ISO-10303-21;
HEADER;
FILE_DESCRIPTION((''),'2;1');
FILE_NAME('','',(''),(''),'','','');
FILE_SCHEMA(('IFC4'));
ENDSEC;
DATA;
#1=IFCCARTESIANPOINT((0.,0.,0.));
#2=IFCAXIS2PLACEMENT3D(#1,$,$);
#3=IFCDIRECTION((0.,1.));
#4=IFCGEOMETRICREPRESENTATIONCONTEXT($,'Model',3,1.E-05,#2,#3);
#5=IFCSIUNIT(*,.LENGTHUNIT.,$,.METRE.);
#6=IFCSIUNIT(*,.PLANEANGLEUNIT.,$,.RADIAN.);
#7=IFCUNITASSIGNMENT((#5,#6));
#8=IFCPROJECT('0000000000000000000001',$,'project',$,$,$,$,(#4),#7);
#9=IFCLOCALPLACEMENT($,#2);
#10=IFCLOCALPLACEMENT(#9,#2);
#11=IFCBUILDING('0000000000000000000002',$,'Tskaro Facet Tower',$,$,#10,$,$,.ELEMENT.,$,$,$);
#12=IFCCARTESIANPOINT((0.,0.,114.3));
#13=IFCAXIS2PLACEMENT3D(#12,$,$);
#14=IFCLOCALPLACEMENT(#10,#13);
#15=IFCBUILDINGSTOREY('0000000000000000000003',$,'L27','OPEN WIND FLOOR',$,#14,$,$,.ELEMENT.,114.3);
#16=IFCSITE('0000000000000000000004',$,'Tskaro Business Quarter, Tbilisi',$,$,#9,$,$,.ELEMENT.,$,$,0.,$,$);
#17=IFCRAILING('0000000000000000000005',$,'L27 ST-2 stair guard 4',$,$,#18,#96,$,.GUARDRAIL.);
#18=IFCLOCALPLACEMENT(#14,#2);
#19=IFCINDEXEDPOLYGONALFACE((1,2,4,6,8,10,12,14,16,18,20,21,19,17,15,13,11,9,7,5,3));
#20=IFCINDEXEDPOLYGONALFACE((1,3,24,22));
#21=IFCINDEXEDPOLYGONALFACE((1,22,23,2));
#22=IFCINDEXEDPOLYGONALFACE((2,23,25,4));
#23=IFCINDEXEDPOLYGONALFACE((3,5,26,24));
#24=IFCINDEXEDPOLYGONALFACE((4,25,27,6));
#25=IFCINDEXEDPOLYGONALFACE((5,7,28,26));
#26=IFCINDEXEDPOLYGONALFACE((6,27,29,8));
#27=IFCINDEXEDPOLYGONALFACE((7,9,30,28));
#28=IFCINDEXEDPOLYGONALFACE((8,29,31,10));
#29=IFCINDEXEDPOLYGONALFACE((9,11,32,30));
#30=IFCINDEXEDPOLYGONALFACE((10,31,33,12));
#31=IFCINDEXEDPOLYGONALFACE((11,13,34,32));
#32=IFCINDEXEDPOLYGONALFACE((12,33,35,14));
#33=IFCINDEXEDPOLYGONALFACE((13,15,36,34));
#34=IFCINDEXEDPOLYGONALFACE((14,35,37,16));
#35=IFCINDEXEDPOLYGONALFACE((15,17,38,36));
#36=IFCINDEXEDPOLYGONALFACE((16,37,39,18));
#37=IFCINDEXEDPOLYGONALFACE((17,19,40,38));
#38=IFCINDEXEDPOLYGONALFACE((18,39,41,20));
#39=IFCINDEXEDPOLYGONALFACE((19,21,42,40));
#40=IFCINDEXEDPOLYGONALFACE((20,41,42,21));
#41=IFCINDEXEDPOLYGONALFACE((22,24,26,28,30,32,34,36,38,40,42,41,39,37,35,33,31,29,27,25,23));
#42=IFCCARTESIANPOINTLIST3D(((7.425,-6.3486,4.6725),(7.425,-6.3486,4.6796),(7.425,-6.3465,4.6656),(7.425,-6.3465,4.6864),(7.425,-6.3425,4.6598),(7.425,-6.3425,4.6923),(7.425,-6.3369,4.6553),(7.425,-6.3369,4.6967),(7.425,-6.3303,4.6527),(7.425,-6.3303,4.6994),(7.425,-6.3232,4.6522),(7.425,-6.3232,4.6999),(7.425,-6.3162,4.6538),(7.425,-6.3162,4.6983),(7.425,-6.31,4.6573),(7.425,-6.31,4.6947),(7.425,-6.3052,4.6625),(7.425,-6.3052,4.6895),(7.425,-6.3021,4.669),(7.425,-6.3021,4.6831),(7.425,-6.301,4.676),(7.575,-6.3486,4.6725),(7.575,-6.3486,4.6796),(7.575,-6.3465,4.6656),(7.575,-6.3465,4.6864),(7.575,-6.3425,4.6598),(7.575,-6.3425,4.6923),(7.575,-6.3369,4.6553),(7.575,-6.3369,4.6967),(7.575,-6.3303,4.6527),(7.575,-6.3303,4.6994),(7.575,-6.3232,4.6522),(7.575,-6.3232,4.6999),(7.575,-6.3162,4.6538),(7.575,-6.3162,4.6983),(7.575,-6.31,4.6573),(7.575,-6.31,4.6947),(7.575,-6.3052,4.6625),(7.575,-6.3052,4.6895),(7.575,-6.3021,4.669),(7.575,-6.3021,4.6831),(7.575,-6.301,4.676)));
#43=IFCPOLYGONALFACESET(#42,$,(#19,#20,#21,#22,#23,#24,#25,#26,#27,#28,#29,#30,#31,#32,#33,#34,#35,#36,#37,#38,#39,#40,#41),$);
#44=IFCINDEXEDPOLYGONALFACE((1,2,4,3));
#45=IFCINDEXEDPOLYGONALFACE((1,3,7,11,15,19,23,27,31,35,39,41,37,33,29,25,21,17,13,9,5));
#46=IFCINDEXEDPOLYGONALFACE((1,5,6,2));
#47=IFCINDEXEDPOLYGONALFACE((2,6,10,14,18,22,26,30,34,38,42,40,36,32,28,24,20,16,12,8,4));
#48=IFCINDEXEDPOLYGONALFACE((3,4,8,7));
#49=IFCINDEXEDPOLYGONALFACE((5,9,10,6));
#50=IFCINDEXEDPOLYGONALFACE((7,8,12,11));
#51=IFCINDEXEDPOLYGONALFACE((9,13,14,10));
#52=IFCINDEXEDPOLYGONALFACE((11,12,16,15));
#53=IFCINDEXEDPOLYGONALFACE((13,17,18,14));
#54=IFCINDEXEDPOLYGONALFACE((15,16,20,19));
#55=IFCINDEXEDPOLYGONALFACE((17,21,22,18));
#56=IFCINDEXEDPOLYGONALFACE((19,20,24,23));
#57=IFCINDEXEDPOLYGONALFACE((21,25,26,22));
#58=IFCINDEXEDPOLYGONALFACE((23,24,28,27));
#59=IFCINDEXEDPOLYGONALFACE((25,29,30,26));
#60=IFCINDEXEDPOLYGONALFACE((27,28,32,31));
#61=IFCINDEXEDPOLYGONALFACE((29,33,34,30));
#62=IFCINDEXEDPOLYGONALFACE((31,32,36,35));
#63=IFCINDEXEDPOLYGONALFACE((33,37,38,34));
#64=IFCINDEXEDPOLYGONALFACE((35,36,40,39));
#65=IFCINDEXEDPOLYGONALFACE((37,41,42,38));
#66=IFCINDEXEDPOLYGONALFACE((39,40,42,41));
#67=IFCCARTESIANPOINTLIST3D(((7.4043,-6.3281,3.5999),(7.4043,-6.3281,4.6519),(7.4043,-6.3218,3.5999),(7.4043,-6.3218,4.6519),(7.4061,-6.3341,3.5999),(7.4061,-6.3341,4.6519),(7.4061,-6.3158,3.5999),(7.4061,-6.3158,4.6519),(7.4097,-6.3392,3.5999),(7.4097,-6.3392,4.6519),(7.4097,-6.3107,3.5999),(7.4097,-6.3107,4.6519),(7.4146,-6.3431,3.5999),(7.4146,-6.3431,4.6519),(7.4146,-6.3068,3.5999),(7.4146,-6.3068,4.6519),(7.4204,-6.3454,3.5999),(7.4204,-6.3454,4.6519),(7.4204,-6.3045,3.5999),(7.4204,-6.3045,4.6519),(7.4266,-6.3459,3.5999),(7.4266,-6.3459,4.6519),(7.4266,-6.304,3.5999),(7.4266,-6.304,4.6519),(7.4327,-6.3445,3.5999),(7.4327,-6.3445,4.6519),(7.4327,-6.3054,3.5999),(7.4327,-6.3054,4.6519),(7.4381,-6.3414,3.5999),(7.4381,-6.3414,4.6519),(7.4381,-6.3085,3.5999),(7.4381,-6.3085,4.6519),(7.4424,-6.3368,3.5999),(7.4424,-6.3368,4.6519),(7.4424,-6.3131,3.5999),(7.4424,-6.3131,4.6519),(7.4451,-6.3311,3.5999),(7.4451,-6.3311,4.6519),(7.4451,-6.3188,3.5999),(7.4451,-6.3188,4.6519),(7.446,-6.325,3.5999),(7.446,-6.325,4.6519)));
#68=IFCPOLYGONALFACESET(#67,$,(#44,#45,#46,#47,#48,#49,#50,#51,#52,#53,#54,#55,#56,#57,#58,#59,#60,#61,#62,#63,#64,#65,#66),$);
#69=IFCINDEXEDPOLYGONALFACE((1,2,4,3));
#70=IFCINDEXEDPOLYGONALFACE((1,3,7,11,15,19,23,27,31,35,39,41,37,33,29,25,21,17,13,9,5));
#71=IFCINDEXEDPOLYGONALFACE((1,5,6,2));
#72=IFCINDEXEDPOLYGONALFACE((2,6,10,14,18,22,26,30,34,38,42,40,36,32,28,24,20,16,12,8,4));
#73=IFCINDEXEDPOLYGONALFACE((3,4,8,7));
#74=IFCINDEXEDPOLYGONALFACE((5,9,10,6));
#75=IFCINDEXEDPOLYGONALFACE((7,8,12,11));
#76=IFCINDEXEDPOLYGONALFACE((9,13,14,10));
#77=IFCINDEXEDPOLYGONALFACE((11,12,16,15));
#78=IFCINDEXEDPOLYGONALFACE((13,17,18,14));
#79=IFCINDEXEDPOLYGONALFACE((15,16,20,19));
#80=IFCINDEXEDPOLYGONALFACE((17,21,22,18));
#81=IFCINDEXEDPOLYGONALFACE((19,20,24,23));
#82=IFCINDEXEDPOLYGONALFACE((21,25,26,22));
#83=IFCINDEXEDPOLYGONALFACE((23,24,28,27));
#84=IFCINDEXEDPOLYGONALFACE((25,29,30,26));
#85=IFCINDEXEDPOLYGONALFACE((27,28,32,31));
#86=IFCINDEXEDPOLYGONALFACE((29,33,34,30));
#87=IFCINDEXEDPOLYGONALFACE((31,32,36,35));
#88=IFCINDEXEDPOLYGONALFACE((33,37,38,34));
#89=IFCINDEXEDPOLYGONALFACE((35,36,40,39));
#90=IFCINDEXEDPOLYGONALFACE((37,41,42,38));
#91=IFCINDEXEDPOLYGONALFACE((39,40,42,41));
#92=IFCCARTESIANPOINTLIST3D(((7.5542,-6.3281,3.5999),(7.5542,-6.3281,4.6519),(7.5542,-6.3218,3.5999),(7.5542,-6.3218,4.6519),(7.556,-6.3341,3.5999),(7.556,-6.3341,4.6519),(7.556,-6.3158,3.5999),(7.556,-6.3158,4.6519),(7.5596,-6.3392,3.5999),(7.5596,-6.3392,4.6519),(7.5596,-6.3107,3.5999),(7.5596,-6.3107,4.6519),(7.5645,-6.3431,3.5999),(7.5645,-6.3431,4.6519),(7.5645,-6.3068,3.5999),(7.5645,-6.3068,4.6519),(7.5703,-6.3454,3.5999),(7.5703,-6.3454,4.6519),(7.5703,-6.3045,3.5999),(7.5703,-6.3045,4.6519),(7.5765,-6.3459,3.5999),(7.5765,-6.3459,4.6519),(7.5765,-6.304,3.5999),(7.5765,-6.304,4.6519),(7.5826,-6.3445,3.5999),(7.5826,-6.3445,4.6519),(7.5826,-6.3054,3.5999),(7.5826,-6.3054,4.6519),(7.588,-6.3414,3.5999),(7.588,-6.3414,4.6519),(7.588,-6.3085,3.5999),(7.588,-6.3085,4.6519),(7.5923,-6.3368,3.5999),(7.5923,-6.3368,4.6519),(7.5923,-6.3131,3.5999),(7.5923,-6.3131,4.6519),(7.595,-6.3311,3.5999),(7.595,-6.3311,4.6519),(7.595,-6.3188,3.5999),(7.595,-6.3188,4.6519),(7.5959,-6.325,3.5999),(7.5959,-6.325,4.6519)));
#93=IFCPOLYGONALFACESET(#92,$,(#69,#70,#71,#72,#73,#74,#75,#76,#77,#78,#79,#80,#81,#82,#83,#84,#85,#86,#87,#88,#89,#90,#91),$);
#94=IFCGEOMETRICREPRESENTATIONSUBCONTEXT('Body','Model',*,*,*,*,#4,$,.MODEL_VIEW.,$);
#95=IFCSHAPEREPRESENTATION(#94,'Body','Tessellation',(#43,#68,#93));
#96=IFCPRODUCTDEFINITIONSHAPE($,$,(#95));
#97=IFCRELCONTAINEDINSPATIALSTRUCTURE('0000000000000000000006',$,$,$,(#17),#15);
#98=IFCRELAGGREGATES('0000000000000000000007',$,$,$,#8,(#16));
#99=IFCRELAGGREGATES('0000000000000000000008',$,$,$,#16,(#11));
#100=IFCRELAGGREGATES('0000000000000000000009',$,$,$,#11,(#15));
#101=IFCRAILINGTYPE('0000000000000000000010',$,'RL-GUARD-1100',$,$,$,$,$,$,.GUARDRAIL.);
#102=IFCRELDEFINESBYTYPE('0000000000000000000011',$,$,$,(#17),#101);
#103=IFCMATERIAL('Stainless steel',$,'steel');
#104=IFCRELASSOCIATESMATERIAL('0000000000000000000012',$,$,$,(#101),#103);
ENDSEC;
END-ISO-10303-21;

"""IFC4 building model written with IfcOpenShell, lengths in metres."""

from ifc_helpers import new_model, si_unit, direction, frame, origin, origin_2d, place, context, subcontext, project, spatial, circle, extrude, material, type_object, element, save


model = new_model("IFC4")

# Units and contexts
model_context = context("Model", 3, precision=1e-05, world=origin(), true_north=direction((0.0, 1.0)))
body_context = subcontext(model_context, "Body", "Model", "MODEL_VIEW")
ifc_project = project(units=[si_unit("LENGTHUNIT", "METRE"), si_unit("PLANEANGLEUNIT", "RADIAN")], contexts=[model_context])

# Site, building, storey
site_placement = place(None, origin())
site = spatial("IfcSite", under=ifc_project, at=site_placement, Name="Tskaro Business Quarter, Tbilisi", CompositionType="ELEMENT", RefElevation=0.0)
building_placement = place(site_placement, origin())
building = spatial("IfcBuilding", under=site, at=building_placement, Name="Tskaro Facet Tower", CompositionType="ELEMENT")
storey_placement = place(building_placement, frame((0.0, 0.0, 114.3)))
storey = spatial("IfcBuildingStorey", under=building, at=storey_placement, Name="L27", Description="OPEN WIND FLOOR", CompositionType="ELEMENT", Elevation=114.3)

# Railing
ifc_material_1 = material(Name="Stainless steel", Category="steel")
railing_type_1 = type_object("IfcRailingType", Name="RL-GUARD-1100", PredefinedType="GUARDRAIL", material=ifc_material_1)
railing_1_placement = place(storey_placement, frame((7.425, -6.325, 3.5999)))
element("IfcRailing", 1, at=railing_1_placement, inside=storey, type_object=railing_type_1, Name="L27 ST-2 stair guard 4", PredefinedType="GUARDRAIL", context=body_context, shape_type="SweptSolid", body=[
    extrude(circle(Radius=0.0239, at=origin_2d()), frame((0.0, 0.0, 1.0762), z_axis=(1.0, 0.0, 0.0), x_axis=(0.0, 1.0, 0.0)), (0.0, 0.0, 1.0), 0.1499),
    extrude(circle(Radius=0.021, at=origin_2d()), origin(), (0.0, 0.0, 1.0), 1.052),
    extrude(circle(Radius=0.021, at=origin_2d()), frame((0.1499, 0.0, 0.0)), (0.0, 0.0, 1.0), 1.052),
])

save(model, "model.ifc")
